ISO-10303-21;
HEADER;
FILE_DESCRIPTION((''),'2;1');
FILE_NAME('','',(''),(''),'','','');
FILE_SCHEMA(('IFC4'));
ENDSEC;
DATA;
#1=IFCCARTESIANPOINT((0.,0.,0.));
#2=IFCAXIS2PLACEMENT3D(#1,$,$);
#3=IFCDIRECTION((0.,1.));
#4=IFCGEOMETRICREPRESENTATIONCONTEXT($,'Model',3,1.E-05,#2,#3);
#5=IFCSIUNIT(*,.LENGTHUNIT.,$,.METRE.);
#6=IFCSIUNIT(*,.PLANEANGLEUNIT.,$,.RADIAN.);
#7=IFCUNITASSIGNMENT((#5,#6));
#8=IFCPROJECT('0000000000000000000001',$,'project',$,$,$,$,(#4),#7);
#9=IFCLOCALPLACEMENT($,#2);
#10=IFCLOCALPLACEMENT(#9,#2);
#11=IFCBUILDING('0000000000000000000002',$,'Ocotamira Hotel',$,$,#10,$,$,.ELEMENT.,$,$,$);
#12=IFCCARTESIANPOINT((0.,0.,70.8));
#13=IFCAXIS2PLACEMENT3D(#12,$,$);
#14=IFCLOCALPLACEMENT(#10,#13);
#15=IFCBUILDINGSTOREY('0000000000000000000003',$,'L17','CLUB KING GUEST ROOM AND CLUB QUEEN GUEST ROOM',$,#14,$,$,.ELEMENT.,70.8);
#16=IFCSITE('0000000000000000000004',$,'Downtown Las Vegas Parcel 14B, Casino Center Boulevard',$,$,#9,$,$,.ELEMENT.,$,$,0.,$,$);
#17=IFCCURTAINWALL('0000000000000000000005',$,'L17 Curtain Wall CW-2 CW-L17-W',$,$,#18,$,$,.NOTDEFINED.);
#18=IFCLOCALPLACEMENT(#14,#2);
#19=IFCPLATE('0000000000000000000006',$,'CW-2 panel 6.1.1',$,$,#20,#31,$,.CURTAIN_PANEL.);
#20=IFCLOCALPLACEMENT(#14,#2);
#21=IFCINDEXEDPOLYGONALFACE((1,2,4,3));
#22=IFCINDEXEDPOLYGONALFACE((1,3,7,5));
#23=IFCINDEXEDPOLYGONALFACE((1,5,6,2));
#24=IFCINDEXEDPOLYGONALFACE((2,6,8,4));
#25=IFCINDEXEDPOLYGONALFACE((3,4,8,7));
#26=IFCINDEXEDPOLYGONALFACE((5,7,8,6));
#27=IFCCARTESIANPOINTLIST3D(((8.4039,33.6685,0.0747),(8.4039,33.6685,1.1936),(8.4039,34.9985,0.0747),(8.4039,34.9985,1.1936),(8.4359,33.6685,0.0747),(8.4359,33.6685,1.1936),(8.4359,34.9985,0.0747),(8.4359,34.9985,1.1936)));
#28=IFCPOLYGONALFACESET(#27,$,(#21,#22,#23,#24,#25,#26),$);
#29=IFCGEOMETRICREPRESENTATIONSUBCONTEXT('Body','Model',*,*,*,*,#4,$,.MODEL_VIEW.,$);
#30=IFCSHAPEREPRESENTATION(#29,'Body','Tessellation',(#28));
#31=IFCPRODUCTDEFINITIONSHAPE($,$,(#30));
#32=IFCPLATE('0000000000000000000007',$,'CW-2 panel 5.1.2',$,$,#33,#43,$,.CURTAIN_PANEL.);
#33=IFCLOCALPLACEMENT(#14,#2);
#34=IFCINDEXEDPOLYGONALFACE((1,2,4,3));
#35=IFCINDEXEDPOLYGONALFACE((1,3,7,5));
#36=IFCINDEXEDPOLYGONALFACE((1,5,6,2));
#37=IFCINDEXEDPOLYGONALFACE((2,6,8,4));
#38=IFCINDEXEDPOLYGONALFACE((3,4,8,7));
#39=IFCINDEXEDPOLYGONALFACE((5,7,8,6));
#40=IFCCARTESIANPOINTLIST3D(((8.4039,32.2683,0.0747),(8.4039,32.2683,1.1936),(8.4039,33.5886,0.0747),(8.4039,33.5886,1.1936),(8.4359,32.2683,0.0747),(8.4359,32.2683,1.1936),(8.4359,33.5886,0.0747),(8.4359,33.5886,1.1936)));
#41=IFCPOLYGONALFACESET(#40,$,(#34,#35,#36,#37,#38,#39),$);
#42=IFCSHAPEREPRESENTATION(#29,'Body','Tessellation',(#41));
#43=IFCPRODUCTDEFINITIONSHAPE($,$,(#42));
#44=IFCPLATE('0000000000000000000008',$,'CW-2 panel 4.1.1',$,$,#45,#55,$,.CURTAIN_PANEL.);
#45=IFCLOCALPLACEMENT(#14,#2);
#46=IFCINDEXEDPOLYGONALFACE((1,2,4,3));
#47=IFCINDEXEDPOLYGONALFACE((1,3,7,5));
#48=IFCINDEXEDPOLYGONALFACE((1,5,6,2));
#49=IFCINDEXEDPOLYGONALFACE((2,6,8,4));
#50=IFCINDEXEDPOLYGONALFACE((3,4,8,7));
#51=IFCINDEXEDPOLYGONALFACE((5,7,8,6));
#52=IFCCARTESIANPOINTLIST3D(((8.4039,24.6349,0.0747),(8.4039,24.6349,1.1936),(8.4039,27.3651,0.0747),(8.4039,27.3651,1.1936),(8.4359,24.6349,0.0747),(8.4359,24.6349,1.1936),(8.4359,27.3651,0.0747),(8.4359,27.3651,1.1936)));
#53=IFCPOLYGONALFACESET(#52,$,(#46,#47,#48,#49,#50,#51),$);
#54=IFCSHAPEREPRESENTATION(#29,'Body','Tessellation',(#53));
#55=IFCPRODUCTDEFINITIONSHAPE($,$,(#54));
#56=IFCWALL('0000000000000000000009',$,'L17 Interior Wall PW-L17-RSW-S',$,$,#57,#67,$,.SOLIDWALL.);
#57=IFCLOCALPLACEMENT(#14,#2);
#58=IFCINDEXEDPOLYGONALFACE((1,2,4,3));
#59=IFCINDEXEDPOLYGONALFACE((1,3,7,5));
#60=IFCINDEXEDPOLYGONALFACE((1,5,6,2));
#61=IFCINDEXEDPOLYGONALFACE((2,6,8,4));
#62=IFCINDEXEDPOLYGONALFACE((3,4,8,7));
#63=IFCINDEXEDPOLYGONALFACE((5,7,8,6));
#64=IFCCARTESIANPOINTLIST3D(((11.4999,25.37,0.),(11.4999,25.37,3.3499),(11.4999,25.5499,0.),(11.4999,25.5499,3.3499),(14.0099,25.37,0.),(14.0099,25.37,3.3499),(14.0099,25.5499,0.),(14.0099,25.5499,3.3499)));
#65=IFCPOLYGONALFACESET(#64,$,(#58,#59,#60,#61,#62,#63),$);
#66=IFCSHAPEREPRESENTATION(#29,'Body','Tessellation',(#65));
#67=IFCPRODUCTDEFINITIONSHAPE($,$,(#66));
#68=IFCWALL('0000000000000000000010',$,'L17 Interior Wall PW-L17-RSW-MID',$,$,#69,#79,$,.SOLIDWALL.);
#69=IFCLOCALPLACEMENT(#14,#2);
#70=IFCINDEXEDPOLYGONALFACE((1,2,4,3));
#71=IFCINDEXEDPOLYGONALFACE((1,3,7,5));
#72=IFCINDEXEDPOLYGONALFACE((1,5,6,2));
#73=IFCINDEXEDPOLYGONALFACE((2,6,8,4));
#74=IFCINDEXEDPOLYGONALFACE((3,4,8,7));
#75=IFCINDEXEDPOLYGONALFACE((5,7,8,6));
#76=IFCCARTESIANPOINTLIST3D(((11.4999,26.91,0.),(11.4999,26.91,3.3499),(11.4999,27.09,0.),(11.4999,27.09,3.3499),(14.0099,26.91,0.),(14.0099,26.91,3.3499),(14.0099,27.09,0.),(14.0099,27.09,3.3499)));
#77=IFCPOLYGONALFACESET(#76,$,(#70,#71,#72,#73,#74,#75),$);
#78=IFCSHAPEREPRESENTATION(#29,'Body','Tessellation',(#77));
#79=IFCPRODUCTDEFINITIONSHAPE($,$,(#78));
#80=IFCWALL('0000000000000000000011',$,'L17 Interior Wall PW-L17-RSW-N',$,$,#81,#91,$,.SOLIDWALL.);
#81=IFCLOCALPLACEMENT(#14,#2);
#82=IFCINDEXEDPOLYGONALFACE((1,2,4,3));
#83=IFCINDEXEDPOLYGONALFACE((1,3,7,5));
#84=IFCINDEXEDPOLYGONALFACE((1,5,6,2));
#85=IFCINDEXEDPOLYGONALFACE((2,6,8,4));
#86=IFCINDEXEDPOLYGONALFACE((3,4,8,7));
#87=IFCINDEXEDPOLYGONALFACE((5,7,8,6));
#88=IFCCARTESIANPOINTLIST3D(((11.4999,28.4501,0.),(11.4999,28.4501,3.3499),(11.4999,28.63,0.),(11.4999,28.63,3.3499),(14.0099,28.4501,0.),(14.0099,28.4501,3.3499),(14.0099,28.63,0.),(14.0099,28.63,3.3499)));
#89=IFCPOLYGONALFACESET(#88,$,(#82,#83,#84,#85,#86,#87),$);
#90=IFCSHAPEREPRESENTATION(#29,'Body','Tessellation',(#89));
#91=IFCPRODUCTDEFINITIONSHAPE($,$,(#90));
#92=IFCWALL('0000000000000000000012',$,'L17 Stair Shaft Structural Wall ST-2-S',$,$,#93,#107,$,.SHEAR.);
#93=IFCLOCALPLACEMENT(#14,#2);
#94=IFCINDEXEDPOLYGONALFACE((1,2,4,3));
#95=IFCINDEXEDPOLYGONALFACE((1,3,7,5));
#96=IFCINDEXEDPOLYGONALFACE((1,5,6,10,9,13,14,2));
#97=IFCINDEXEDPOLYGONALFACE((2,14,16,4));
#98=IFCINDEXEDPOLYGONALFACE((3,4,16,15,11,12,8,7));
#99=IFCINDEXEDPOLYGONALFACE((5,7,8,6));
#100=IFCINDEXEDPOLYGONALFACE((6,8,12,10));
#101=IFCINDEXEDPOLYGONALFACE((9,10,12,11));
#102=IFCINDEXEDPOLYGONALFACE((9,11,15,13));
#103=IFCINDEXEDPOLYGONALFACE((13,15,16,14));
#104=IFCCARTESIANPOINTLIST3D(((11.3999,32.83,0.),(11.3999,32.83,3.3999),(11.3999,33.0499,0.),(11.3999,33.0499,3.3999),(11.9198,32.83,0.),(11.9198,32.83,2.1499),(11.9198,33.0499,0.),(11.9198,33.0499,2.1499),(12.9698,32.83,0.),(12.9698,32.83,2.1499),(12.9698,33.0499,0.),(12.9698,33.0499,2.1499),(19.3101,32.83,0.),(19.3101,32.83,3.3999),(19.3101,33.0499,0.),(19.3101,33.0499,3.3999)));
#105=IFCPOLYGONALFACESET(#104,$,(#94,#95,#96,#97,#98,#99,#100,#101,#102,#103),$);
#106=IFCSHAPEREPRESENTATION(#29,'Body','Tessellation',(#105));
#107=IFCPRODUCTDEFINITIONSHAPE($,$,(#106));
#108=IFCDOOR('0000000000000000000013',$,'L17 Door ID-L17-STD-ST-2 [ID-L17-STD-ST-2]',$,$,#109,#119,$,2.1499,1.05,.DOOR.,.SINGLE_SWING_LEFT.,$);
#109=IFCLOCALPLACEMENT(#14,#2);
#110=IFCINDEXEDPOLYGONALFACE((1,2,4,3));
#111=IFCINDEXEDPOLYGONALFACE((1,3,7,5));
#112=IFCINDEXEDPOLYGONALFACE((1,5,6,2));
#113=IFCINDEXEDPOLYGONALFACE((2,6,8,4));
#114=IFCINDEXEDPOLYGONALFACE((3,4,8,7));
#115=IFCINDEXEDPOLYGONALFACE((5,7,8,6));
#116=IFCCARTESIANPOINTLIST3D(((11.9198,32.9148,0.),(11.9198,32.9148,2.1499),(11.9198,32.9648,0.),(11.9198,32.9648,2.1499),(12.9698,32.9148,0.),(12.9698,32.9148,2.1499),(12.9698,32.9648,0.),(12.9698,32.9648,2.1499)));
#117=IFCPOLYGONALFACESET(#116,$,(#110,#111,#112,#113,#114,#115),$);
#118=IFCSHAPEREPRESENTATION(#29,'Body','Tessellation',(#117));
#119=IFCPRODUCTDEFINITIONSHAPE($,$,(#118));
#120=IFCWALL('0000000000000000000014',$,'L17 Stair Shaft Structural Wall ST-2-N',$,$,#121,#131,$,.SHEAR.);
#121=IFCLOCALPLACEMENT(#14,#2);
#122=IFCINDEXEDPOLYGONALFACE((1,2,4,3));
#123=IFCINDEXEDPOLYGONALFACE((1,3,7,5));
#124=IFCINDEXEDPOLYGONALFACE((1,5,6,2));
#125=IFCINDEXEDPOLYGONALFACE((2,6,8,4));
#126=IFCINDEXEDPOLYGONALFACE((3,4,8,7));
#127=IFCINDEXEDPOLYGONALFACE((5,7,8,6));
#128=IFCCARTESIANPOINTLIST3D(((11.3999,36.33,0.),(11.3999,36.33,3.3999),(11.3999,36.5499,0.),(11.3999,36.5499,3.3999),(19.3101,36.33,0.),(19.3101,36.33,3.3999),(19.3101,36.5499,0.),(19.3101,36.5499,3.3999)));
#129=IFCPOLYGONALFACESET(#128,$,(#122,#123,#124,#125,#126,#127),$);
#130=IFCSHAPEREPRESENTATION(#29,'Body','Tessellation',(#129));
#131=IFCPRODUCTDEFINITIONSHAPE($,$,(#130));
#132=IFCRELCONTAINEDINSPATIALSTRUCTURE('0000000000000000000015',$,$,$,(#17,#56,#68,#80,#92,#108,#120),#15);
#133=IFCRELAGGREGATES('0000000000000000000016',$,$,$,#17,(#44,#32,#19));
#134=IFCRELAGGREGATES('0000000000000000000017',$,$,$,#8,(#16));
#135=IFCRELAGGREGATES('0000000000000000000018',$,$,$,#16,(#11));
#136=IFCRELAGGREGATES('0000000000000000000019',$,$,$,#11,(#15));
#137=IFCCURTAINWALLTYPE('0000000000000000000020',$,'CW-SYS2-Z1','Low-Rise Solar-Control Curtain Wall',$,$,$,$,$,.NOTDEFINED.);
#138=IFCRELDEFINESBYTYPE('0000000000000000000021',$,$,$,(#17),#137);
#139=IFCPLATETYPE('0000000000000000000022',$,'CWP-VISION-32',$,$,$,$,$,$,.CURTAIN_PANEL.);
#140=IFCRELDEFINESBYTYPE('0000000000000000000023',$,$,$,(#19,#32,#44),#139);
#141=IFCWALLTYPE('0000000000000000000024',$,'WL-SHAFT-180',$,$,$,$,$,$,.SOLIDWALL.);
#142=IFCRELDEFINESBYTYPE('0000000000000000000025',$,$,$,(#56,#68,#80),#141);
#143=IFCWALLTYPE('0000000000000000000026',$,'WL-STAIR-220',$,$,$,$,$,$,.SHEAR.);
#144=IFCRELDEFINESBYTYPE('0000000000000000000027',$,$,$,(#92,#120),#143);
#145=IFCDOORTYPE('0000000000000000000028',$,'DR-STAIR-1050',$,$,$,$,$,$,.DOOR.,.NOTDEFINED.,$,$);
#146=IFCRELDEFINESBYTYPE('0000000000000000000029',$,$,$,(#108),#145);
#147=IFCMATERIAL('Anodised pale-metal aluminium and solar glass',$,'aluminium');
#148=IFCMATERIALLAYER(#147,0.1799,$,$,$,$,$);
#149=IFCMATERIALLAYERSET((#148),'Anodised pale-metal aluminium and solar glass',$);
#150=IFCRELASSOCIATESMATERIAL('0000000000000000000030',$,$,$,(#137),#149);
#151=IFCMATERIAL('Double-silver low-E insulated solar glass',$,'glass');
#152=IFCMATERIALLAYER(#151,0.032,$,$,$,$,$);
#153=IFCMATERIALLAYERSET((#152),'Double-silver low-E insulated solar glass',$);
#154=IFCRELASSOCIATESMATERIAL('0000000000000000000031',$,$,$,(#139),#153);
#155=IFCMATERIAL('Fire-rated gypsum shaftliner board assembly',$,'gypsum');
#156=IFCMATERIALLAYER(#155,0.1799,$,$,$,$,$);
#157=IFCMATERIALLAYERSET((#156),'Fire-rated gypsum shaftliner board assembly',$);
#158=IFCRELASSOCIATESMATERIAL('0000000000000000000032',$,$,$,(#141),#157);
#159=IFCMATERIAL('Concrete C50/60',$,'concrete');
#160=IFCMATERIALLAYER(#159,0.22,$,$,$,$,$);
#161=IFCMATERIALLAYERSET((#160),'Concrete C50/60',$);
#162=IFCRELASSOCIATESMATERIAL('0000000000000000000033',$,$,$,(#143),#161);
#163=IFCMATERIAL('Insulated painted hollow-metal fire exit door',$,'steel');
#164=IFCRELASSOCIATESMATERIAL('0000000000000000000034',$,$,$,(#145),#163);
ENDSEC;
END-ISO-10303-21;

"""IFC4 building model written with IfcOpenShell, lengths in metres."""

from ifc_helpers import new_model, si_unit, direction, frame, frame_2d, origin, origin_2d, place, context, subcontext, project, spatial, rectangle, extrude, source, transform, mapped, material, layer, layer_set, type_object, element, fill, aggregate, save


model = new_model("IFC4")

# Units and contexts
model_context = context("Model", 3, precision=1e-05, world=origin(), true_north=direction((0.0, 1.0)))
body_context = subcontext(model_context, "Body", "Model", "MODEL_VIEW")
ifc_project = project(units=[si_unit("LENGTHUNIT", "METRE"), si_unit("PLANEANGLEUNIT", "RADIAN")], contexts=[model_context])

# Site, building, storey
site_placement = place(None, origin())
site = spatial("IfcSite", under=ifc_project, at=site_placement, Name="Downtown Las Vegas Parcel 14B, Casino Center Boulevard", CompositionType="ELEMENT", RefElevation=0.0)
building_placement = place(site_placement, origin())
building = spatial("IfcBuilding", under=site, at=building_placement, Name="Ocotamira Hotel", CompositionType="ELEMENT")
storey_placement = place(building_placement, frame((0.0, 0.0, 70.8)))
storey = spatial("IfcBuildingStorey", under=building, at=storey_placement, Name="L17", Description="CLUB KING GUEST ROOM AND CLUB QUEEN GUEST ROOM", CompositionType="ELEMENT", Elevation=70.8)

# Curtain wall
ifc_material_1 = material(Name="Anodised pale-metal aluminium and solar glass", Category="aluminium")
ifc_layer_1 = layer(ifc_material_1, 0.1799)
ifc_layer_set_1 = layer_set([ifc_layer_1], Name="Anodised pale-metal aluminium and solar glass")
curtain_wall_type = type_object("IfcCurtainWallType", Name="CW-SYS2-Z1", Description="Low-Rise Solar-Control Curtain Wall", PredefinedType="NOTDEFINED", material=ifc_layer_set_1)
curtain_wall_placement = place(storey_placement, origin())
curtain_wall = element("IfcCurtainWall", 1, at=curtain_wall_placement, inside=storey, type_object=curtain_wall_type, Name="L17 Curtain Wall CW-2 CW-L17-W", PredefinedType="NOTDEFINED")

# Plates
ifc_material_2 = material(Name="Double-silver low-E insulated solar glass", Category="glass")
ifc_layer_2 = layer(ifc_material_2, 0.032)
ifc_layer_set_2 = layer_set([ifc_layer_2], Name="Double-silver low-E insulated solar glass")
plate_type_1 = type_object("IfcPlateType", Name="CWP-VISION-32", PredefinedType="CURTAIN_PANEL", material=ifc_layer_set_2)
shared_shape_1 = source(origin(), body_context, "Body", "SweptSolid", [
    extrude(rectangle(XDim=1.3301, YDim=0.032, at=origin_2d()), origin(), (0.0, 0.0, 1.0), 1.1189),
])
plate_1_placement = place(storey_placement, frame((8.4199, 34.3335, 0.0747), z_axis=(0.0, 0.0, 1.0), x_axis=(0.0, 1.0, 0.0)))
plate_1 = element("IfcPlate", 2, at=plate_1_placement, type_object=plate_type_1, Name="CW-2 panel 6.1.1", PredefinedType="CURTAIN_PANEL", context=body_context, shape_type="MappedRepresentation", body=[
    mapped(shared_shape_1, transform((0.0, 0.0, 0.0), scale=1.0)),
])
shared_shape_2 = source(origin(), body_context, "Body", "SweptSolid", [
    extrude(rectangle(XDim=1.3203, YDim=0.032, at=origin_2d()), origin(), (0.0, 0.0, 1.0), 1.1189),
])
plate_2_placement = place(storey_placement, frame((8.4199, 32.9285, 0.0747), z_axis=(0.0, 0.0, 1.0), x_axis=(0.0, 1.0, 0.0)))
plate_2 = element("IfcPlate", 3, at=plate_2_placement, type_object=plate_type_1, Name="CW-2 panel 5.1.2", PredefinedType="CURTAIN_PANEL", context=body_context, shape_type="MappedRepresentation", body=[
    mapped(shared_shape_2, transform((0.0, 0.0, 0.0), scale=1.0)),
])
shared_shape_3 = source(origin(), body_context, "Body", "SweptSolid", [
    extrude(rectangle(XDim=2.7302, YDim=0.032, at=origin_2d()), origin(), (0.0, 0.0, 1.0), 1.1189),
])
plate_3_placement = place(storey_placement, frame((8.4199, 26.0, 0.0747), z_axis=(0.0, 0.0, 1.0), x_axis=(0.0, 1.0, 0.0)))
plate_3 = element("IfcPlate", 4, at=plate_3_placement, type_object=plate_type_1, Name="CW-2 panel 4.1.1", PredefinedType="CURTAIN_PANEL", context=body_context, shape_type="MappedRepresentation", body=[
    mapped(shared_shape_3, transform((0.0, 0.0, 0.0), scale=1.0)),
])
aggregate(curtain_wall, [plate_3, plate_2, plate_1])

# Walls
ifc_material_3 = material(Name="Fire-rated gypsum shaftliner board assembly", Category="gypsum")
ifc_layer_3 = layer(ifc_material_3, 0.1799)
ifc_layer_set_3 = layer_set([ifc_layer_3], Name="Fire-rated gypsum shaftliner board assembly")
wall_type_1 = type_object("IfcWallType", Name="WL-SHAFT-180", PredefinedType="SOLIDWALL", material=ifc_layer_set_3)
for number, where, z_axis, x_axis, name in (
    (5, (11.5, 25.46, 0.0), (0.0, 0.0, 1.0), (1.0, 0.0, 0.0), "L17 Interior Wall PW-L17-RSW-S"),
    (6, (11.5, 27.0, 0.0), (0.0, 0.0, 1.0), (1.0, 0.0, 0.0), "L17 Interior Wall PW-L17-RSW-MID"),
    (7, (11.5, 28.54, 0.0), (0.0, 0.0, 1.0), (1.0, 0.0, 0.0), "L17 Interior Wall PW-L17-RSW-N"),
):
    element("IfcWall", number, at=place(storey_placement, frame(where, z_axis=z_axis, x_axis=x_axis)), inside=storey, type_object=wall_type_1, Name=name, PredefinedType="SOLIDWALL", context=body_context, shape_type="SweptSolid", body=[
        extrude(rectangle(XDim=2.51, YDim=0.1799, at=frame_2d((1.2549, 0.0))), origin(), (0.0, 0.0, 1.0), 3.3499),
    ])

# Wall, opening, door
ifc_material_4 = material(Name="Concrete C50/60", Category="concrete")
ifc_layer_4 = layer(ifc_material_4, 0.22)
ifc_layer_set_4 = layer_set([ifc_layer_4], Name="Concrete C50/60")
wall_type_2 = type_object("IfcWallType", Name="WL-STAIR-220", PredefinedType="SHEAR", material=ifc_layer_set_4)
wall_1_placement = place(storey_placement, frame((11.3999, 32.9399, 0.0), z_axis=(0.0, 0.0, 1.0), x_axis=(1.0, 0.0, 0.0)))
wall_1 = element("IfcWall", 8, at=wall_1_placement, inside=storey, type_object=wall_type_2, Name="L17 Stair Shaft Structural Wall ST-2-S", PredefinedType="SHEAR", context=body_context, shape_type="SweptSolid", body=[
    extrude(rectangle(XDim=7.9102, YDim=0.22, at=frame_2d((3.9551, 0.0))), origin(), (0.0, 0.0, 1.0), 3.3999),
])
opening_1_placement = place(wall_1_placement, frame((0.52, 0.0, 0.0)))
opening_1 = element("IfcOpeningElement", 9, at=opening_1_placement, cuts=wall_1, PredefinedType="OPENING", context=body_context, shape_type="SweptSolid", body=[
    extrude(rectangle(XDim=1.05, YDim=2.1499, at=frame_2d((0.5249, 1.075))), frame((0.0, 0.1201, 0.0), z_axis=(0.0, -1.0, 0.0), x_axis=(1.0, 0.0, 0.0)), (0.0, 0.0, 1.0), 0.24),
])
ifc_material_5 = material(Name="Insulated painted hollow-metal fire exit door", Category="steel")
door_type_1 = type_object("IfcDoorType", Name="DR-STAIR-1050", OperationType="NOTDEFINED", PredefinedType="DOOR", material=ifc_material_5)
shared_shape_4 = source(origin(), body_context, "Body", "SweptSolid", [
    extrude(rectangle(XDim=1.05, YDim=2.1499, at=frame_2d((0.5249, 1.075))), frame((0.0, 0.0249, 0.0), z_axis=(0.0, -1.0, 0.0), x_axis=(1.0, 0.0, 0.0)), (0.0, 0.0, 1.0), 0.05),
])
door_1_placement = place(opening_1_placement, origin())
door_1 = element("IfcDoor", 10, at=door_1_placement, inside=storey, type_object=door_type_1, Name="L17 Door ID-L17-STD-ST-2 [ID-L17-STD-ST-2]", OperationType="SINGLE_SWING_LEFT", OverallHeight=2.1499, OverallWidth=1.05, PredefinedType="DOOR", context=body_context, shape_type="MappedRepresentation", body=[
    mapped(shared_shape_4, transform((0.0, 0.0, 0.0), scale=1.0)),
])
fill(opening_1, door_1)

# Wall
wall_2_placement = place(storey_placement, frame((11.3999, 36.4399, 0.0), z_axis=(0.0, 0.0, 1.0), x_axis=(1.0, 0.0, 0.0)))
element("IfcWall", 11, at=wall_2_placement, inside=storey, type_object=wall_type_2, Name="L17 Stair Shaft Structural Wall ST-2-N", PredefinedType="SHEAR", context=body_context, shape_type="SweptSolid", body=[
    extrude(rectangle(XDim=7.9102, YDim=0.22, at=frame_2d((3.9551, 0.0))), origin(), (0.0, 0.0, 1.0), 3.3999),
])

save(model, "model.ifc")
